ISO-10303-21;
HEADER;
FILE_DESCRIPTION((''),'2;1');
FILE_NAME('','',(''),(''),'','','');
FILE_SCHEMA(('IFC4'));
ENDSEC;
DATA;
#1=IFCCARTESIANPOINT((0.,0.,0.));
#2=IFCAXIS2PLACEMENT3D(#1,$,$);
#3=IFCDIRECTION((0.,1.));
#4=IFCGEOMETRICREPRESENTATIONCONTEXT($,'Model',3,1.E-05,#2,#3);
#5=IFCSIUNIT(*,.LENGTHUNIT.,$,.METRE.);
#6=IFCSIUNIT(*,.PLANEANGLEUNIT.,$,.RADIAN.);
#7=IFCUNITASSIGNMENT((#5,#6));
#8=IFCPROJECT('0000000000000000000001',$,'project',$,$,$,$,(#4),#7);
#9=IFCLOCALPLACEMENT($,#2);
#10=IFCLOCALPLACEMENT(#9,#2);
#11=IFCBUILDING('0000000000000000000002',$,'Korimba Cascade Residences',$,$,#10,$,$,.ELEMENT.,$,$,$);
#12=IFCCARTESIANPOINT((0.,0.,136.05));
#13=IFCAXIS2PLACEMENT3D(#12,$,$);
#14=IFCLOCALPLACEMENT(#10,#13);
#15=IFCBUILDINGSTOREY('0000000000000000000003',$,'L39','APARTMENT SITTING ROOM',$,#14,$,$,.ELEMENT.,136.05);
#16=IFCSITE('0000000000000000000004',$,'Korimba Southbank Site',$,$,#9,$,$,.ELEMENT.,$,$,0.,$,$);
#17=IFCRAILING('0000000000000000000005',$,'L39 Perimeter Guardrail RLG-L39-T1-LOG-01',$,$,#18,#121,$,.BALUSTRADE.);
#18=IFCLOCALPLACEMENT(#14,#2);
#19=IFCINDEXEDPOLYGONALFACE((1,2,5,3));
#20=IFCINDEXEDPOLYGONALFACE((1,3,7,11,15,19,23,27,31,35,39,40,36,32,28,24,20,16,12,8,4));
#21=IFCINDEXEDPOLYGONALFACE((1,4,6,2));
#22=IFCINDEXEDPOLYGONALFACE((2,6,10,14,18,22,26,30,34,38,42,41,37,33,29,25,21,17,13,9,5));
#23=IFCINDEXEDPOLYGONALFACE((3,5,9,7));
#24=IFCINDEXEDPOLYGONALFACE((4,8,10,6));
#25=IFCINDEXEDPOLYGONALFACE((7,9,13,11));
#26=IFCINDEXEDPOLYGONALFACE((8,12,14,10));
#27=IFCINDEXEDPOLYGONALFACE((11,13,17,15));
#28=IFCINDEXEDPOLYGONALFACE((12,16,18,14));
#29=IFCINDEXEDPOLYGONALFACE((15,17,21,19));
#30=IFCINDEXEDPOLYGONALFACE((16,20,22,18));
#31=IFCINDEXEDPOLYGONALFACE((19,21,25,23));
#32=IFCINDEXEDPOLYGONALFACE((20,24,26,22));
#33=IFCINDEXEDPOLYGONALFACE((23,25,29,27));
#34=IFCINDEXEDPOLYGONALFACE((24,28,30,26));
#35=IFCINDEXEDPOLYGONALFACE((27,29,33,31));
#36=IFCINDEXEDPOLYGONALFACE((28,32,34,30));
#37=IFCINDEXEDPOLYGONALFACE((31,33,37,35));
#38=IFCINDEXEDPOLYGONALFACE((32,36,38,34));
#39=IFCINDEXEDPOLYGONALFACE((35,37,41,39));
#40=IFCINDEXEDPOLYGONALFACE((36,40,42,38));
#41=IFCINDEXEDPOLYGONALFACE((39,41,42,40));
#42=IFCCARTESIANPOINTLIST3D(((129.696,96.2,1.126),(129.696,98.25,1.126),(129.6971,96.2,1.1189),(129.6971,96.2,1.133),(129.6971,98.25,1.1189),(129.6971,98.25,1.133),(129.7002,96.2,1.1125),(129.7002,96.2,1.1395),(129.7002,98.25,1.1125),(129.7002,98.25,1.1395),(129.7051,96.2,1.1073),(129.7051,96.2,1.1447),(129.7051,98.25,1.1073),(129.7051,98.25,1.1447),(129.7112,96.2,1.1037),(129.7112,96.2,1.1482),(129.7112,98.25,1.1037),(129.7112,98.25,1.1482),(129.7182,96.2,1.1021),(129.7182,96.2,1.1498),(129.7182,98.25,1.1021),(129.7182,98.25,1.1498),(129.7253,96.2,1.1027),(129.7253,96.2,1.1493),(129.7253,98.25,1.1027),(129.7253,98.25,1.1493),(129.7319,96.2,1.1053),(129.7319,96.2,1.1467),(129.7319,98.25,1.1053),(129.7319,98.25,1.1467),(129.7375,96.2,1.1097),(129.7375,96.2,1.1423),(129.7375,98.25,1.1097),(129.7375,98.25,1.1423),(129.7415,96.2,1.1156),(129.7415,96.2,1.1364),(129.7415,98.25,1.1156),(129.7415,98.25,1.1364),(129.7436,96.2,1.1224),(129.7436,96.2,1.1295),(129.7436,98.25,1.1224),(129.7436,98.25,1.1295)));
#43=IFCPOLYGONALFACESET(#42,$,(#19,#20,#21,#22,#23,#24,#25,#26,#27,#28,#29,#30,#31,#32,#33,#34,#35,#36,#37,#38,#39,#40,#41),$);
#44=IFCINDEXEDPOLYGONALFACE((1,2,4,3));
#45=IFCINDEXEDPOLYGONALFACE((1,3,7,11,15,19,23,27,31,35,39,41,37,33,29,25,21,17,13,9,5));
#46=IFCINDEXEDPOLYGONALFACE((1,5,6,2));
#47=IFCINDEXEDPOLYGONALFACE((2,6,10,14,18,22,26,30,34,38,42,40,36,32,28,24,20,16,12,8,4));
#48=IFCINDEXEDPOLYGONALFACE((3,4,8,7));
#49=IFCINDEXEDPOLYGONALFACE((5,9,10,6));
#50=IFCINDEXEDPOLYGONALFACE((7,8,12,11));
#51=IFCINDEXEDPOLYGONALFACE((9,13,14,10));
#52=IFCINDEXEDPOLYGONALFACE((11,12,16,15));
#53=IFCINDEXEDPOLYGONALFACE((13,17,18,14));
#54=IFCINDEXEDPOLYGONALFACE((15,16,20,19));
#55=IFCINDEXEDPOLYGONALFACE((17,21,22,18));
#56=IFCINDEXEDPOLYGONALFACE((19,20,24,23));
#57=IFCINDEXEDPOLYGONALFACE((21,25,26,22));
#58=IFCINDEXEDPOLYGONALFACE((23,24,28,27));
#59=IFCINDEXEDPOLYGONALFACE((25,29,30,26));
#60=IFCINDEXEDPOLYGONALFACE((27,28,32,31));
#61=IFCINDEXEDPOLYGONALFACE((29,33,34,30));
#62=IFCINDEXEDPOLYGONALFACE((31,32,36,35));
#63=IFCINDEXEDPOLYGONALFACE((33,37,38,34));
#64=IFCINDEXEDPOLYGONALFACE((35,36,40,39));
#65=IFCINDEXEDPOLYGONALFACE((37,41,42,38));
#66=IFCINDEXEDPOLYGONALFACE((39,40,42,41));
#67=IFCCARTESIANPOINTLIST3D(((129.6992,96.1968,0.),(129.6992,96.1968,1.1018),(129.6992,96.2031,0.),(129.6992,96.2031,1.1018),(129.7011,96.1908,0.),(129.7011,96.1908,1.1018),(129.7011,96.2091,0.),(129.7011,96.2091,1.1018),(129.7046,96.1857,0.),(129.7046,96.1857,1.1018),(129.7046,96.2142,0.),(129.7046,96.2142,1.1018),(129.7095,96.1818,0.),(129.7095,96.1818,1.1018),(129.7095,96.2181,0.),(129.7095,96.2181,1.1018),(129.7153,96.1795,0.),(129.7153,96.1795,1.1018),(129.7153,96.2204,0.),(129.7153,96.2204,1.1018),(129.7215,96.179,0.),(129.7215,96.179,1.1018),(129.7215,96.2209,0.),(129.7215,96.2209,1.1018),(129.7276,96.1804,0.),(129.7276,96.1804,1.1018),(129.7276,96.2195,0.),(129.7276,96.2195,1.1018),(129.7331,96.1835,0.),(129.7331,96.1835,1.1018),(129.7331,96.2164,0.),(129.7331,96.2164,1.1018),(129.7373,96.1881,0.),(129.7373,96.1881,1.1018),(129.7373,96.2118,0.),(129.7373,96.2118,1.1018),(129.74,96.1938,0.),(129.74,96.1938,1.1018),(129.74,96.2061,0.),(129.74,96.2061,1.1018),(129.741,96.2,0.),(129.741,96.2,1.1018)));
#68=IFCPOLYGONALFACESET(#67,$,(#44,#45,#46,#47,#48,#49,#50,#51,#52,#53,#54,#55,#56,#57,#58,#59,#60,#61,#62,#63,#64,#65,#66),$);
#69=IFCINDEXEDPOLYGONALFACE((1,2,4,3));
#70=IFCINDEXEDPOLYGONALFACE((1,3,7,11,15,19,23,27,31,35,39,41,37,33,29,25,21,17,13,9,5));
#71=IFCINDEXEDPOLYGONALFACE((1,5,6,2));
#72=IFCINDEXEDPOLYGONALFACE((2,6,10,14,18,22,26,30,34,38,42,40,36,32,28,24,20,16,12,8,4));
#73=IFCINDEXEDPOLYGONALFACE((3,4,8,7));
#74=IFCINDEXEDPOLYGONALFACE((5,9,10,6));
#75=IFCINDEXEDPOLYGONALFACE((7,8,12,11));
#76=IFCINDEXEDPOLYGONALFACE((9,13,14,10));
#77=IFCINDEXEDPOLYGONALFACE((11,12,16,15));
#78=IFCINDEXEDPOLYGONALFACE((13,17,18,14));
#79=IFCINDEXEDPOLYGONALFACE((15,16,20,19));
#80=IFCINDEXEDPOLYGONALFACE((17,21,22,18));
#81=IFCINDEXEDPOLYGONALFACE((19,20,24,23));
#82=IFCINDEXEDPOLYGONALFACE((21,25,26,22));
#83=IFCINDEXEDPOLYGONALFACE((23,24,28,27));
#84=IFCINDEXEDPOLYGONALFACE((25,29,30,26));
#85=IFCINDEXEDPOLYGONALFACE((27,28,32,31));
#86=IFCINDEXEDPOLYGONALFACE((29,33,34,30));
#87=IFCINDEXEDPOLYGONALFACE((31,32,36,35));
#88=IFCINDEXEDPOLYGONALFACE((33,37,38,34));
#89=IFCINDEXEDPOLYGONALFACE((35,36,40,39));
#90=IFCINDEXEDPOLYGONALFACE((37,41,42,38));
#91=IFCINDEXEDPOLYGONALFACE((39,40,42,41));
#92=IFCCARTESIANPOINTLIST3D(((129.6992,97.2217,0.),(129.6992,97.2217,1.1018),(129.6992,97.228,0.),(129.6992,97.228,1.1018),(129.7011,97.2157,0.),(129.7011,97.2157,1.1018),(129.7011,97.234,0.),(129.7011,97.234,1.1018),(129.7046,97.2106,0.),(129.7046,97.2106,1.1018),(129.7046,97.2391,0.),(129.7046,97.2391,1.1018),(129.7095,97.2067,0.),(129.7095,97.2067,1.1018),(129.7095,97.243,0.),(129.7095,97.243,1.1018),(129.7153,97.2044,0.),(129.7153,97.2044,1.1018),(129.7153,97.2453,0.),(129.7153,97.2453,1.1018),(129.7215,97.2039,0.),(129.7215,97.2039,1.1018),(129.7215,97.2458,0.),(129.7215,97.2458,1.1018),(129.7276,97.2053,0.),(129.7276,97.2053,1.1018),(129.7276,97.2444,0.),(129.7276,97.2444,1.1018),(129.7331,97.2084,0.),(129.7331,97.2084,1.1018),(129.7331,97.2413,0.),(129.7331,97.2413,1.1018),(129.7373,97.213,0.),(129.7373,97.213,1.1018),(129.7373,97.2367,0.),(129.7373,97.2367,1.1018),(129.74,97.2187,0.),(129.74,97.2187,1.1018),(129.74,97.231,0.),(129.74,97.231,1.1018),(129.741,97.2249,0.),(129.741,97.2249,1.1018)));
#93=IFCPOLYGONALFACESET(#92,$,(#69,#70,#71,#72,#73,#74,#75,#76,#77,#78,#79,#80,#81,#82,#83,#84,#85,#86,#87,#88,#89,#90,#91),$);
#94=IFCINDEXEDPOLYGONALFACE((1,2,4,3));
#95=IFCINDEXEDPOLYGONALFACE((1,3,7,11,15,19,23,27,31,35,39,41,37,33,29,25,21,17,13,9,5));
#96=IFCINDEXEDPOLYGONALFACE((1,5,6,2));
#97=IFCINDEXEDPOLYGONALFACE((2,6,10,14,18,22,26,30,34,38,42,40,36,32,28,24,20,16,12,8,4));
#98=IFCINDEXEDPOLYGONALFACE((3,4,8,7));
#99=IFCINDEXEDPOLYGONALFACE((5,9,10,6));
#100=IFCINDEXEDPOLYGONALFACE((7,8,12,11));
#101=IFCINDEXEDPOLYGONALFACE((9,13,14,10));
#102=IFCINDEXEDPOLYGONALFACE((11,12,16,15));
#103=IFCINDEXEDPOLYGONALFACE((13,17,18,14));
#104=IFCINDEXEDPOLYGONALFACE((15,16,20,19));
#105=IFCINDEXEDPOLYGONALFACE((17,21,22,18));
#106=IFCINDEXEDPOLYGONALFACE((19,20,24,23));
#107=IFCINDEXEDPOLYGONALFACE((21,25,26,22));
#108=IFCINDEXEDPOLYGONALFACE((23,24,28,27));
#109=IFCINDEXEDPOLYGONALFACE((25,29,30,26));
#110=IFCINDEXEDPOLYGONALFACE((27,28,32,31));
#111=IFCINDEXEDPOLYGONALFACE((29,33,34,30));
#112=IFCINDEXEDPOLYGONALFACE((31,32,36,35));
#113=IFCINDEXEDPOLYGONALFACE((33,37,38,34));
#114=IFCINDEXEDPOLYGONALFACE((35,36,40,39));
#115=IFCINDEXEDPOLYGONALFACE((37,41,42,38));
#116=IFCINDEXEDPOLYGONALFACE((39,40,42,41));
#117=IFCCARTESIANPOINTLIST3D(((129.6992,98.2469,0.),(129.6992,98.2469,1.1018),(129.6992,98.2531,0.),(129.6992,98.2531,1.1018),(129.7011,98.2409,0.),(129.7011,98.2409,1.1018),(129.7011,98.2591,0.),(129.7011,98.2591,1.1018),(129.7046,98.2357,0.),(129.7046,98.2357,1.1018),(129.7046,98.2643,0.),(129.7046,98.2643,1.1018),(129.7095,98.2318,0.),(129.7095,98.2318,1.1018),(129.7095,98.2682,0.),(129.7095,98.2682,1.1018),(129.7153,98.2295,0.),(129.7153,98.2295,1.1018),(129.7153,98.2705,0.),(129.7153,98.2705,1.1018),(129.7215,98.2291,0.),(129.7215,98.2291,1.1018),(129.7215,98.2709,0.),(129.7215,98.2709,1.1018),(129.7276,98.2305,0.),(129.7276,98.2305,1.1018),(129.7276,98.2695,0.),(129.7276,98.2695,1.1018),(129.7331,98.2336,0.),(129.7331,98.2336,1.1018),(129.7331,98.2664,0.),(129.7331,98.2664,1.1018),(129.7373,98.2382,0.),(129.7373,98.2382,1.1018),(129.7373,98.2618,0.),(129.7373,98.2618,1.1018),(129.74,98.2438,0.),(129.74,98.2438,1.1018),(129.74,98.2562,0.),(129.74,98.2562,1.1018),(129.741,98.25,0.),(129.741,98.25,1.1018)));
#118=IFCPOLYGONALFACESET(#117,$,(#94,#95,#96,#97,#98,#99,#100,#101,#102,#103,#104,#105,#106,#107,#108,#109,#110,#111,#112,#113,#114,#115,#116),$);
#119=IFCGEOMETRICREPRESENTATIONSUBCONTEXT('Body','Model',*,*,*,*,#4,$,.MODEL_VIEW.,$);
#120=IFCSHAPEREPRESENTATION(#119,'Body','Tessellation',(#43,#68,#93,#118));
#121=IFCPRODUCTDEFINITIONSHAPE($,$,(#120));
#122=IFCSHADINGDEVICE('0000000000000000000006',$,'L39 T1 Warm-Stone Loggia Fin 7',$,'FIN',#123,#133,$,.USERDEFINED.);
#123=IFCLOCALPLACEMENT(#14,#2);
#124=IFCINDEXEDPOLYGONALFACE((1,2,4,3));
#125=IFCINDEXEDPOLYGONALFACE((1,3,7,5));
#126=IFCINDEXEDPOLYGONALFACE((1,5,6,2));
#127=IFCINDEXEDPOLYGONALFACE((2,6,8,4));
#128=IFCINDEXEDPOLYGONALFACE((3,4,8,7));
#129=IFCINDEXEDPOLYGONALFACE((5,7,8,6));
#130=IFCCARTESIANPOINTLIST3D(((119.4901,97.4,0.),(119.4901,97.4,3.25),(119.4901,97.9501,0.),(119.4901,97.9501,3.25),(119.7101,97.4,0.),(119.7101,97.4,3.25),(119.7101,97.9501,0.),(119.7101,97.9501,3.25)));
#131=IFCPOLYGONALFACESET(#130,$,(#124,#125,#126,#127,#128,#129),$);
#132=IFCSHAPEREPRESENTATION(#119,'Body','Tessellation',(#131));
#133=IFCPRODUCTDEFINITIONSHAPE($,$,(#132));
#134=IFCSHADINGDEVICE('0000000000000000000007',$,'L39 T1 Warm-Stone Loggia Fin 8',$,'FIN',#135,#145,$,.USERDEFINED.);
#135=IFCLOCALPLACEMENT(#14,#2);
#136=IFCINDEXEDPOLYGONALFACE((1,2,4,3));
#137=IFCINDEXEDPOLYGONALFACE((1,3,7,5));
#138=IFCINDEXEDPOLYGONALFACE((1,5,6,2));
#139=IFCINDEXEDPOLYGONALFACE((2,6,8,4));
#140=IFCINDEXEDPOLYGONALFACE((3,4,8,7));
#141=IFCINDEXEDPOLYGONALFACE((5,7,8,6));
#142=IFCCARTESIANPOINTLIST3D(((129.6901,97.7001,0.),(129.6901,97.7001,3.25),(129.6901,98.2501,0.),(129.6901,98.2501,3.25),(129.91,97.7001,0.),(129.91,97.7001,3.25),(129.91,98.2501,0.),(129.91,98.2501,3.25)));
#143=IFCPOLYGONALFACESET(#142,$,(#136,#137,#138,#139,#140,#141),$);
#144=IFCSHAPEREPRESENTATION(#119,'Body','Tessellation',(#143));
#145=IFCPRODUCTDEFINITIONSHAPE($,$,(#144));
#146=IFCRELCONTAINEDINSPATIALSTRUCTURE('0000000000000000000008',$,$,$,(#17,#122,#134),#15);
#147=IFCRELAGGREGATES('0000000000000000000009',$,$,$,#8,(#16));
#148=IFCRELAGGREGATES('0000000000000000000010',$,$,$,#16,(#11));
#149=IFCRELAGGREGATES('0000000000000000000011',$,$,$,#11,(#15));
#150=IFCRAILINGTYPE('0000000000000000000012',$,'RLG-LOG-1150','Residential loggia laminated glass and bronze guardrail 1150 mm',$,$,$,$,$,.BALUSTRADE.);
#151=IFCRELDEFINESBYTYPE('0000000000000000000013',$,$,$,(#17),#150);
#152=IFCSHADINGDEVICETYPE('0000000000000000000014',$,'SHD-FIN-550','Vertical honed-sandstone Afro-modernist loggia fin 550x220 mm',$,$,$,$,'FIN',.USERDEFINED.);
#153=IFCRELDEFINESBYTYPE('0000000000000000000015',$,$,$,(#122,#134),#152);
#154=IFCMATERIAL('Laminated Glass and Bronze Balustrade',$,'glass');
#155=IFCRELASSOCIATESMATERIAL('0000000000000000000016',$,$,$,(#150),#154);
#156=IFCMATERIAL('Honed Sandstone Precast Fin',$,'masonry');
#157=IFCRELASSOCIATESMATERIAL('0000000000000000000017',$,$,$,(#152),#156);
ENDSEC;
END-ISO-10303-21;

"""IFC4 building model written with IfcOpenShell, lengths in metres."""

from ifc_helpers import new_model, si_unit, direction, frame, origin, origin_2d, place, context, subcontext, project, spatial, rectangle, circle, extrude, material, type_object, element, save


model = new_model("IFC4")

# Units and contexts
model_context = context("Model", 3, precision=1e-05, world=origin(), true_north=direction((0.0, 1.0)))
body_context = subcontext(model_context, "Body", "Model", "MODEL_VIEW")
ifc_project = project(units=[si_unit("LENGTHUNIT", "METRE"), si_unit("PLANEANGLEUNIT", "RADIAN")], contexts=[model_context])

# Site, building, storey
site_placement = place(None, origin())
site = spatial("IfcSite", under=ifc_project, at=site_placement, Name="Korimba Southbank Site", CompositionType="ELEMENT", RefElevation=0.0)
building_placement = place(site_placement, origin())
building = spatial("IfcBuilding", under=site, at=building_placement, Name="Korimba Cascade Residences", CompositionType="ELEMENT")
storey_placement = place(building_placement, frame((0.0, 0.0, 136.05)))
storey = spatial("IfcBuildingStorey", under=building, at=storey_placement, Name="L39", Description="APARTMENT SITTING ROOM", CompositionType="ELEMENT", Elevation=136.05)

# Railing
ifc_material_1 = material(Name="Laminated Glass and Bronze Balustrade", Category="glass")
railing_type = type_object("IfcRailingType", Name="RLG-LOG-1150", Description="Residential loggia laminated glass and bronze guardrail 1150 mm", PredefinedType="BALUSTRADE", material=ifc_material_1)
railing_1_placement = place(storey_placement, frame((129.72, 96.2, 0.0)))
element("IfcRailing", 1, at=railing_1_placement, inside=storey, type_object=railing_type, Name="L39 Perimeter Guardrail RLG-L39-T1-LOG-01", PredefinedType="BALUSTRADE", context=body_context, shape_type="SweptSolid", body=[
    extrude(circle(Radius=0.0239, at=origin_2d()), frame((0.0, 0.0, 1.126), z_axis=(0.0, 1.0, 0.0), x_axis=(-1.0, 0.0, 0.0)), (0.0, 0.0, 1.0), 2.05),
    extrude(circle(Radius=0.021, at=origin_2d()), origin(), (0.0, 0.0, 1.0), 1.1018),
    extrude(circle(Radius=0.021, at=origin_2d()), frame((0.0, 1.0249, 0.0)), (0.0, 0.0, 1.0), 1.1018),
    extrude(circle(Radius=0.021, at=origin_2d()), frame((0.0, 2.05, 0.0)), (0.0, 0.0, 1.0), 1.1018),
])

# Shading devices
ifc_material_2 = material(Name="Honed Sandstone Precast Fin", Category="masonry")
shading_device_type = type_object("IfcShadingDeviceType", Name="SHD-FIN-550", Description="Vertical honed-sandstone Afro-modernist loggia fin 550x220 mm", ElementType="FIN", PredefinedType="USERDEFINED", material=ifc_material_2)
for number, where, z_axis, x_axis, name in (
    (2, (119.6001, 97.675, 0.0), (0.0, 0.0, 1.0), (1.0, 0.0, 0.0), "L39 T1 Warm-Stone Loggia Fin 7"),
    (3, (129.8, 97.9751, 0.0), (0.0, 0.0, 1.0), (1.0, 0.0, 0.0), "L39 T1 Warm-Stone Loggia Fin 8"),
):
    element("IfcShadingDevice", number, at=place(storey_placement, frame(where, z_axis=z_axis, x_axis=x_axis)), inside=storey, type_object=shading_device_type, Name=name, ObjectType="FIN", PredefinedType="USERDEFINED", context=body_context, shape_type="SweptSolid", body=[
        extrude(rectangle(XDim=0.22, YDim=0.55, at=origin_2d()), origin(), (0.0, 0.0, 1.0), 3.25),
    ])

save(model, "model.ifc")
